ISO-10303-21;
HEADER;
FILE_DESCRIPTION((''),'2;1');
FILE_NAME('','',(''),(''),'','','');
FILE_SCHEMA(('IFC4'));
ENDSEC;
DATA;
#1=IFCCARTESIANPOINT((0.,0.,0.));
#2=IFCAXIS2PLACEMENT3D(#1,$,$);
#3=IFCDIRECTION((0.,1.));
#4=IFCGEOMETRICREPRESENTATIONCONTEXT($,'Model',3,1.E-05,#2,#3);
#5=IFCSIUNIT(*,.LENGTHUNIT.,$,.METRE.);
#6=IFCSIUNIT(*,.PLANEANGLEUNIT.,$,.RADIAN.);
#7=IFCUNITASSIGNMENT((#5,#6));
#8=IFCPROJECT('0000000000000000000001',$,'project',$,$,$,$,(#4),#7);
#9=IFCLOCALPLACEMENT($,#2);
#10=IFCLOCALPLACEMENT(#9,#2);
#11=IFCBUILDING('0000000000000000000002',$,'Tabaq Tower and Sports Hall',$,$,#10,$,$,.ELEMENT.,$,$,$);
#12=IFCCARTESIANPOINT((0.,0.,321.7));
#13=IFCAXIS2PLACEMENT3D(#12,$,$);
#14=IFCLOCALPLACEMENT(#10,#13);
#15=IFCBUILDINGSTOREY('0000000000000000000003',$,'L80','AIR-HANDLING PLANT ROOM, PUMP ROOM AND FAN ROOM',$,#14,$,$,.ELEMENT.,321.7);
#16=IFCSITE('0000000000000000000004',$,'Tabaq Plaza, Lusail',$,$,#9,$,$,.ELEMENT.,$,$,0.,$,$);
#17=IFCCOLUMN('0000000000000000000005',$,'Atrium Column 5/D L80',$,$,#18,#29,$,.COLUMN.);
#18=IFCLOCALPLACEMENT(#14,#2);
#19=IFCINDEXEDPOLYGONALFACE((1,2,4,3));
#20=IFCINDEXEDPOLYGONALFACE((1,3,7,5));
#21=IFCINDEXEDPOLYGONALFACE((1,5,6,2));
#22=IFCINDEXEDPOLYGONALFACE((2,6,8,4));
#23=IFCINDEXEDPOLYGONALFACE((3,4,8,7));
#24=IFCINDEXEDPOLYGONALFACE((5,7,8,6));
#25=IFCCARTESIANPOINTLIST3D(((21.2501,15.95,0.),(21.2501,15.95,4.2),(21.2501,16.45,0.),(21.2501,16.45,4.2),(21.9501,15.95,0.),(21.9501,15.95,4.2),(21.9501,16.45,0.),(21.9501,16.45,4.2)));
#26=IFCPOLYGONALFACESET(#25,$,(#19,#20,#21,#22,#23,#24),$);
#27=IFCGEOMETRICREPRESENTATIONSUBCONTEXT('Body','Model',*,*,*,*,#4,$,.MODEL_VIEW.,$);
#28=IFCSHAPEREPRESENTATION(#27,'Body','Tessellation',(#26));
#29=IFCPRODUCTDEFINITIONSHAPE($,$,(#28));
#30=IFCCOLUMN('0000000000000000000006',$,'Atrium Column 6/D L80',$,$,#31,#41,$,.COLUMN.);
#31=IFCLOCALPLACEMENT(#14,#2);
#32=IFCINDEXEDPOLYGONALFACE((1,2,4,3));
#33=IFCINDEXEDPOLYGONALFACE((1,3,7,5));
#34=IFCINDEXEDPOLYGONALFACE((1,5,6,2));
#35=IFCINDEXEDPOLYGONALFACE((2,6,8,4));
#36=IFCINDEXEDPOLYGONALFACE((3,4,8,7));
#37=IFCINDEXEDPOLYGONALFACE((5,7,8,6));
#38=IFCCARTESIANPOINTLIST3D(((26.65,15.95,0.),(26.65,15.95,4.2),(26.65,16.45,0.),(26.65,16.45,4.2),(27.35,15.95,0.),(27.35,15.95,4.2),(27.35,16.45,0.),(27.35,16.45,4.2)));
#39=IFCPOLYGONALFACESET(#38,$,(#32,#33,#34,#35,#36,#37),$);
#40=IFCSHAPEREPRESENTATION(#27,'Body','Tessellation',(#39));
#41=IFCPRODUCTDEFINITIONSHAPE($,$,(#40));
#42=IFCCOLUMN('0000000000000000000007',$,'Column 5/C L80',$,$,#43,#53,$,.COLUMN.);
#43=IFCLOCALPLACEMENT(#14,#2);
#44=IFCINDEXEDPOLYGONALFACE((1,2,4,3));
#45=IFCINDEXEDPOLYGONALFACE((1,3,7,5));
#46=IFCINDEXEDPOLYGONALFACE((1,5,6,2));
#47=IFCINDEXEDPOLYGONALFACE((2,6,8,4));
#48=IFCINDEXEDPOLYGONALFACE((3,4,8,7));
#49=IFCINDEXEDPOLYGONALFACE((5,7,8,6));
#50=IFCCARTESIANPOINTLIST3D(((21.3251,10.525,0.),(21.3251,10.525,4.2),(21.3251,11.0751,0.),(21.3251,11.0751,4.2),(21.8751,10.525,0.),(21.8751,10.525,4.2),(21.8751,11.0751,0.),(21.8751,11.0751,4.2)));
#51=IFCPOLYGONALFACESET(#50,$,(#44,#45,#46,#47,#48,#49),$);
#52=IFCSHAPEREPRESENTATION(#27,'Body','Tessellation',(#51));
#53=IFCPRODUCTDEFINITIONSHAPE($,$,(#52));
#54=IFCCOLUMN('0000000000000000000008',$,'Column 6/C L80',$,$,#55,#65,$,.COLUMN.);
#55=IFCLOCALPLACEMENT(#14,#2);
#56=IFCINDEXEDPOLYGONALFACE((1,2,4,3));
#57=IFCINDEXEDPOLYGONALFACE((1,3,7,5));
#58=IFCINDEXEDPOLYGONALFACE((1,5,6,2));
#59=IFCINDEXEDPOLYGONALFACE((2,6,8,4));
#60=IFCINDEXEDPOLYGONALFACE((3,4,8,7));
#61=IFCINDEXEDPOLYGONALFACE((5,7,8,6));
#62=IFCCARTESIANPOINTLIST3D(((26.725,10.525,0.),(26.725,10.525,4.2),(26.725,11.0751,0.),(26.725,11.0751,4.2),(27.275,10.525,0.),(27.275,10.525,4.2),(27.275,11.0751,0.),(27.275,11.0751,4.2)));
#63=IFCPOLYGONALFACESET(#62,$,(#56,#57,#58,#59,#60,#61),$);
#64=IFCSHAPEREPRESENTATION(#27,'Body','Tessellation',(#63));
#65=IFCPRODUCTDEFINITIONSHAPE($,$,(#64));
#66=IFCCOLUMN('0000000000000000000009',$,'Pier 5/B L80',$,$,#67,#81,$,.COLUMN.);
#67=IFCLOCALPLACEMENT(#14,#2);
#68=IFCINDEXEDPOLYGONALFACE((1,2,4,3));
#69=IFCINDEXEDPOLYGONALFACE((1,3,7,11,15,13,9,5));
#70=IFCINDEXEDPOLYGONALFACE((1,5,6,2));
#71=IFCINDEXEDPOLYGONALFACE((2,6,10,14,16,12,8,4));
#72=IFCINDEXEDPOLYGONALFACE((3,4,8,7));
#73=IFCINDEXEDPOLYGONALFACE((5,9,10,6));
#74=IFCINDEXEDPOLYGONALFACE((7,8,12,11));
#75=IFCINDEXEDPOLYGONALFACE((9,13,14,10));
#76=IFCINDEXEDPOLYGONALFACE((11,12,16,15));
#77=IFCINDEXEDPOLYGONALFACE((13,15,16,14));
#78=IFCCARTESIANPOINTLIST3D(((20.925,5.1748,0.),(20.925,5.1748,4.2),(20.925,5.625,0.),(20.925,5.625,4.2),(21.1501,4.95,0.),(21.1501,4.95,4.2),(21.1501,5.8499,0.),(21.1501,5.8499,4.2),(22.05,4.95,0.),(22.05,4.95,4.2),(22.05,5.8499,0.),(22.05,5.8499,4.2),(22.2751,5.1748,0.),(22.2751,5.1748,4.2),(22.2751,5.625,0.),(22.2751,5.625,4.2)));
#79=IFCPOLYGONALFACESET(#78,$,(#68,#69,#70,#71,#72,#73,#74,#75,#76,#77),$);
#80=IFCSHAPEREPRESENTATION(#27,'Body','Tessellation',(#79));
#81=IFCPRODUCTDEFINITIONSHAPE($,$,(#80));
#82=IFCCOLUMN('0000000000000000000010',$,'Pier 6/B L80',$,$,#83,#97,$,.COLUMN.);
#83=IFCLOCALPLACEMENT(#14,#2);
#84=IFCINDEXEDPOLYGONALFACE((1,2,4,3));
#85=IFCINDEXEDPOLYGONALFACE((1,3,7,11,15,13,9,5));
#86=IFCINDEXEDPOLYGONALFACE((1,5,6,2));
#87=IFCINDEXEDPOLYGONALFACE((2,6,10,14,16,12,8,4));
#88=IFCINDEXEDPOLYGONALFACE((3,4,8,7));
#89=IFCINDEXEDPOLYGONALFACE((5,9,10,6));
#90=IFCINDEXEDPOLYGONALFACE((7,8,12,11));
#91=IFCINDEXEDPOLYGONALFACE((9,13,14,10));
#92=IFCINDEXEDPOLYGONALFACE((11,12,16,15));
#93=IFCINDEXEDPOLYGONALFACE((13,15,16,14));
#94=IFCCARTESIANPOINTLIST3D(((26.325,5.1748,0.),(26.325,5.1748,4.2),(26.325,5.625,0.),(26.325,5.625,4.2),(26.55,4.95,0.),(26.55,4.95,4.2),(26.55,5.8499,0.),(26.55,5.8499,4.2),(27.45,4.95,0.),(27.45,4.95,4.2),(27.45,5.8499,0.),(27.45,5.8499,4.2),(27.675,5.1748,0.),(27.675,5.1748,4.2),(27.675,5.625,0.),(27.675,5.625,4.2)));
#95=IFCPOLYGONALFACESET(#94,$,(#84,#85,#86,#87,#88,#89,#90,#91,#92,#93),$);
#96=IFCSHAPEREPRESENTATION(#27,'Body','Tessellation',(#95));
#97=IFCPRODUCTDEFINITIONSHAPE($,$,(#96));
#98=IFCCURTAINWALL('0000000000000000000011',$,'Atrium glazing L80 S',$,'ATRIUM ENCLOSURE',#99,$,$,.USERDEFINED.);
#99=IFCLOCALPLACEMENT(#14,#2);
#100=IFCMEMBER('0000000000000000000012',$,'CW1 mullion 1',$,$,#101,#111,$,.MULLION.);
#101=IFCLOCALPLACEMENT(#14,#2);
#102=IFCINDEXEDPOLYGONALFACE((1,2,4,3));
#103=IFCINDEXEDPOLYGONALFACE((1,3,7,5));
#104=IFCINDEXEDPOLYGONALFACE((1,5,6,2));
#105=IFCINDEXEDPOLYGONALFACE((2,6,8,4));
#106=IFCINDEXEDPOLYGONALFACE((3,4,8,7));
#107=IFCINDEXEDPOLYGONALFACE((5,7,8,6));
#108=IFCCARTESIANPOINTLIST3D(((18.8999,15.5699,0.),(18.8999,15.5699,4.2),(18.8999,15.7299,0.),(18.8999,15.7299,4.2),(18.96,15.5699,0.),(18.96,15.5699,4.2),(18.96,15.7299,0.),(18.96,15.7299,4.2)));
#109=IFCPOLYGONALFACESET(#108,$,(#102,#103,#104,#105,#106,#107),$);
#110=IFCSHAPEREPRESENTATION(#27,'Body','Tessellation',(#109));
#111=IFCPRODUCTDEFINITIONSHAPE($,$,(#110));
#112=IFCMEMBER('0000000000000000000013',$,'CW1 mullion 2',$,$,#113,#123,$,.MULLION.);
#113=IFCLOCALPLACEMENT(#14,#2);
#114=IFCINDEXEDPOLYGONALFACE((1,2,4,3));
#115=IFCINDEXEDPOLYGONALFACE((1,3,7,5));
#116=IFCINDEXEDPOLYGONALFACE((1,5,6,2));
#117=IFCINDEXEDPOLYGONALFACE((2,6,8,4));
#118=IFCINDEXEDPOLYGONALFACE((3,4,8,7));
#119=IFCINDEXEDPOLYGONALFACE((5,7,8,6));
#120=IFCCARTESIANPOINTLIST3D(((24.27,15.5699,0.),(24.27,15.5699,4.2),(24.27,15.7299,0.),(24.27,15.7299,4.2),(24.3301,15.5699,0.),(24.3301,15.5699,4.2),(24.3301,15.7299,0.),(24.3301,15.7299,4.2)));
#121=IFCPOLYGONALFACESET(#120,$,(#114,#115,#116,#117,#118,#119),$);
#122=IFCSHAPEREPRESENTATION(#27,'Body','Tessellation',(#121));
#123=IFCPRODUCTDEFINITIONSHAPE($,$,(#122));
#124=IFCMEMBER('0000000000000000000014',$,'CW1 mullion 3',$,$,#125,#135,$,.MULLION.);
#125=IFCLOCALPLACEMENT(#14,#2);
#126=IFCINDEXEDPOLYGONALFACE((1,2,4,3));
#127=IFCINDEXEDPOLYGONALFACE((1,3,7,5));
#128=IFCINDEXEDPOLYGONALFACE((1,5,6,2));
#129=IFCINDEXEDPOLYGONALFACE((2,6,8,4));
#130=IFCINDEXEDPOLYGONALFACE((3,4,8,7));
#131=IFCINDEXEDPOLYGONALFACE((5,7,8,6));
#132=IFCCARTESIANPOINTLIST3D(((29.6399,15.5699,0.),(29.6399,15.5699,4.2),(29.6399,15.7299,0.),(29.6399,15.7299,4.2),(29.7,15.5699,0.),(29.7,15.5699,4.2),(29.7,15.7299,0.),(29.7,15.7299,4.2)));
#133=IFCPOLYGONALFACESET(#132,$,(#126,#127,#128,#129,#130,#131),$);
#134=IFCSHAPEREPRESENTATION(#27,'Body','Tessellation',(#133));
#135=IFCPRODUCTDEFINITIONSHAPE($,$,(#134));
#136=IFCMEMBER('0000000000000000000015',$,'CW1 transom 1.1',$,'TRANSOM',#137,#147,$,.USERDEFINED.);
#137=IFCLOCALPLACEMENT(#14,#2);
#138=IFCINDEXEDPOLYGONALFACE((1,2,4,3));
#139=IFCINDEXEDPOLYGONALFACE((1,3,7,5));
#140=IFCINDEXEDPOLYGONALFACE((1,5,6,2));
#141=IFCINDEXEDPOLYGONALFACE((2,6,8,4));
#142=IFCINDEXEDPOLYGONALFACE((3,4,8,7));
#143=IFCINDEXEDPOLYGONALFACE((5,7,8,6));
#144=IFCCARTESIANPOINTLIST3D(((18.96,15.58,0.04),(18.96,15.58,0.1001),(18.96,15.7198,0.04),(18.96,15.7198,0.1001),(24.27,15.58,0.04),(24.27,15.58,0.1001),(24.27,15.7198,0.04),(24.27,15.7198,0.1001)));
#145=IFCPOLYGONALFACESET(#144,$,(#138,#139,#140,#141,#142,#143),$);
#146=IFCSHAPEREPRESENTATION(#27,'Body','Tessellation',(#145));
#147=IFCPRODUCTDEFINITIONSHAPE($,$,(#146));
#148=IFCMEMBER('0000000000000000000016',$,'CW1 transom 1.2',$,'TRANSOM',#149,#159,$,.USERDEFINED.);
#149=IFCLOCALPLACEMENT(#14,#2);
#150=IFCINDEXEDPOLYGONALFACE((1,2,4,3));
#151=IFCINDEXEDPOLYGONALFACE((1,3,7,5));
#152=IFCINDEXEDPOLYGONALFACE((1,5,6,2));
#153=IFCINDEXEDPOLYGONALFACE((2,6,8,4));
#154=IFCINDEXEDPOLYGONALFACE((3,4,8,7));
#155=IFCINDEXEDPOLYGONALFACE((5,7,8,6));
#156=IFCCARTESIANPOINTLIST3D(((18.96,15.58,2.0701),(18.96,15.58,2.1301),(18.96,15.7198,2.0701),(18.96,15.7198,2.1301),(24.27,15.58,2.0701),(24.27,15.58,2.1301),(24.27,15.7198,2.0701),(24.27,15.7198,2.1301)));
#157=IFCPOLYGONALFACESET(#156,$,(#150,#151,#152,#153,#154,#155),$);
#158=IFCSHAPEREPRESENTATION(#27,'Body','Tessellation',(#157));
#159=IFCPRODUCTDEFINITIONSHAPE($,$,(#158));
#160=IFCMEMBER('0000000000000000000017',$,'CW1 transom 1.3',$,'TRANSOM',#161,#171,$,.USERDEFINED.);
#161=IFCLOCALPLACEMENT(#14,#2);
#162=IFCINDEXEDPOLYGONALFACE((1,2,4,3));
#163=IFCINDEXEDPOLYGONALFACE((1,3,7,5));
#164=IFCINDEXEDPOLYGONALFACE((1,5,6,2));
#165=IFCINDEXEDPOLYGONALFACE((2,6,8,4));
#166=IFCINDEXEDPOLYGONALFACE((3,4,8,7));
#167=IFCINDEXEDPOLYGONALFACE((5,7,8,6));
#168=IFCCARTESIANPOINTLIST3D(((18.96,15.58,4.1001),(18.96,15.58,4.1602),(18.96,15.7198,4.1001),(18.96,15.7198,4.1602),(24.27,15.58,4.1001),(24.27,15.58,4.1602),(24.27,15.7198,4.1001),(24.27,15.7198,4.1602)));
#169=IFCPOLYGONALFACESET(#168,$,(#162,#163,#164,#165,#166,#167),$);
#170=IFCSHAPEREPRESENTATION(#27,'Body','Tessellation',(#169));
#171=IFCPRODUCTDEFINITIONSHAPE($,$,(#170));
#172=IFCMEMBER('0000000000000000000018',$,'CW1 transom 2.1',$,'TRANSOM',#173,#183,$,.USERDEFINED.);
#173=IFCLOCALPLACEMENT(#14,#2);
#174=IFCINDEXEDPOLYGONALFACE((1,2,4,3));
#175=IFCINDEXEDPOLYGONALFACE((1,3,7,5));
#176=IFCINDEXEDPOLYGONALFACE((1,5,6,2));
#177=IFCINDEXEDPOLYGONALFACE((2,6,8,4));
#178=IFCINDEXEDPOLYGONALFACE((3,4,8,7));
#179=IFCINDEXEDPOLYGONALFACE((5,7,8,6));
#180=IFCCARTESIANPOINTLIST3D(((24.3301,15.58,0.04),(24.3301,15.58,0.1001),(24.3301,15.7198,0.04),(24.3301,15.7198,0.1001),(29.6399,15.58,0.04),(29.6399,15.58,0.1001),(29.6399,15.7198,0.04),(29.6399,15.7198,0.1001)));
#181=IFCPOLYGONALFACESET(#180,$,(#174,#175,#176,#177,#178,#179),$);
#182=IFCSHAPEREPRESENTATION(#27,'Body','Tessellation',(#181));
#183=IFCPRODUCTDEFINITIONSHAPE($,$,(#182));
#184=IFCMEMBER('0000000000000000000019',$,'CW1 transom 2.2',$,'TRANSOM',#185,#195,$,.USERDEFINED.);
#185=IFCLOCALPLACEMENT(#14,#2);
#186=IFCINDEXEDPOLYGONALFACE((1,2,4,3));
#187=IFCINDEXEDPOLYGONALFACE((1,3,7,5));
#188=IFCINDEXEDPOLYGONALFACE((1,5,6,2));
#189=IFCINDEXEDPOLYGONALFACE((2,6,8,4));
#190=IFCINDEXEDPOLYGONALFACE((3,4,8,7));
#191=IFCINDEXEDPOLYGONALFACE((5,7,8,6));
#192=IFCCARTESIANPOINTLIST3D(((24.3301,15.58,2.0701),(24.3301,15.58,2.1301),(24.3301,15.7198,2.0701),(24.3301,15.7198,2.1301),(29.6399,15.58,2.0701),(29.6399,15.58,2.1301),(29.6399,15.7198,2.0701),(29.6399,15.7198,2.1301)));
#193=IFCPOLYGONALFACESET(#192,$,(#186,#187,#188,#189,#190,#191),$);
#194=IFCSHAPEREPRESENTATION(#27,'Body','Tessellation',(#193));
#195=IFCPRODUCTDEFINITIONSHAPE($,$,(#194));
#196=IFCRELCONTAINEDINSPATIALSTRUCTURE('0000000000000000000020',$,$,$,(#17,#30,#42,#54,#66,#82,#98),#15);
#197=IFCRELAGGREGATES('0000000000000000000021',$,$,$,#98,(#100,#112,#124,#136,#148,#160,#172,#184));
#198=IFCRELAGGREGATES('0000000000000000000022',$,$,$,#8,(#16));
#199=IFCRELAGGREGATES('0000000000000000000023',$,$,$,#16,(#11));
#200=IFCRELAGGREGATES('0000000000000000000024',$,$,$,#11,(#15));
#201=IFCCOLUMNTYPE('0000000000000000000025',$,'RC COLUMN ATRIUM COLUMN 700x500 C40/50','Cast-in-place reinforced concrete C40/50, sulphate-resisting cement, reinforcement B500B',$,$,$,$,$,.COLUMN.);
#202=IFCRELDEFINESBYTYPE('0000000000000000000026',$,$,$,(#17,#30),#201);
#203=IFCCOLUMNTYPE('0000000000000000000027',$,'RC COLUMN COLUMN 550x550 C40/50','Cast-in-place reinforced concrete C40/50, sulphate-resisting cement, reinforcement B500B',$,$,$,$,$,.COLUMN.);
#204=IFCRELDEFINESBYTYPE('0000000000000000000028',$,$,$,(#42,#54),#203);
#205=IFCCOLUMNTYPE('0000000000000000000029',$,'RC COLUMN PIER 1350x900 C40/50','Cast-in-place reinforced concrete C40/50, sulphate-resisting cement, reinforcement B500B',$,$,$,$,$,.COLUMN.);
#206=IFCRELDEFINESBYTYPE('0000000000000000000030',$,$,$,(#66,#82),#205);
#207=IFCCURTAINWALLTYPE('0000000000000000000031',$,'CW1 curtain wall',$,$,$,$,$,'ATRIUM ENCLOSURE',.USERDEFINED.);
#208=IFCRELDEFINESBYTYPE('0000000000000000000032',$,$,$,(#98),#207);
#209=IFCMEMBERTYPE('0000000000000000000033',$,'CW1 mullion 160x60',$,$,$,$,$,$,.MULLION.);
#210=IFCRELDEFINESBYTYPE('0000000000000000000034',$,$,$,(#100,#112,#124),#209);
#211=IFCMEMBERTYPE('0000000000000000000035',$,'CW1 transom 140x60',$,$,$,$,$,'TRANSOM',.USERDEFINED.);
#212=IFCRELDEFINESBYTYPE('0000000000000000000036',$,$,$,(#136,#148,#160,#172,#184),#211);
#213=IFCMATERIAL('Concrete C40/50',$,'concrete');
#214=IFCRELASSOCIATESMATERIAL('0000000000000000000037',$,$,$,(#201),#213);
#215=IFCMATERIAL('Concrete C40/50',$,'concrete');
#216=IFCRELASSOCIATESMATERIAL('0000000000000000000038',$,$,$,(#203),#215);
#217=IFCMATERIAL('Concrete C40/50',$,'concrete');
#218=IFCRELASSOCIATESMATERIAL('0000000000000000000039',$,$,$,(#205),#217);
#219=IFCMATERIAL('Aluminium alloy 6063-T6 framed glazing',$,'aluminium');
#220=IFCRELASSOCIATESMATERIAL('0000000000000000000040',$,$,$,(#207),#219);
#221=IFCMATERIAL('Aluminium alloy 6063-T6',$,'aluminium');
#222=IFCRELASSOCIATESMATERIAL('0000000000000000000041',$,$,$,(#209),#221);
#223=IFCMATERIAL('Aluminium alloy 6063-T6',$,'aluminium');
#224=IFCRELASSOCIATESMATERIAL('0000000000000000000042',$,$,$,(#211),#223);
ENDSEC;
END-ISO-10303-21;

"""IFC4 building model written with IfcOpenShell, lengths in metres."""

from ifc_helpers import new_model, si_unit, direction, frame, origin, origin_2d, place, context, subcontext, project, spatial, polyline, rectangle, outline, extrude, material, material_profile, profile_set, type_object, element, aggregate, save


model = new_model("IFC4")

# Units and contexts
model_context = context("Model", 3, precision=1e-05, world=origin(), true_north=direction((0.0, 1.0)))
body_context = subcontext(model_context, "Body", "Model", "MODEL_VIEW")
ifc_project = project(units=[si_unit("LENGTHUNIT", "METRE"), si_unit("PLANEANGLEUNIT", "RADIAN")], contexts=[model_context])

# Site, building, storey
site_placement = place(None, origin())
site = spatial("IfcSite", under=ifc_project, at=site_placement, Name="Tabaq Plaza, Lusail", CompositionType="ELEMENT", RefElevation=0.0)
building_placement = place(site_placement, origin())
building = spatial("IfcBuilding", under=site, at=building_placement, Name="Tabaq Tower and Sports Hall", CompositionType="ELEMENT")
storey_placement = place(building_placement, frame((0.0, 0.0, 321.7)))
storey = spatial("IfcBuildingStorey", under=building, at=storey_placement, Name="L80", Description="AIR-HANDLING PLANT ROOM, PUMP ROOM AND FAN ROOM", CompositionType="ELEMENT", Elevation=321.7)

# Columns
ifc_material_1 = material(Name="Concrete C40/50", Category="concrete")
ifc_material_profile_1 = material_profile(ifc_material_1, rectangle(XDim=0.7, YDim=0.5, at=origin_2d()), Name="ATRIUM COLUMN 700x500")
ifc_profile_set_1 = profile_set([ifc_material_profile_1], Name="Concrete C40/50")
column_type_1 = type_object("IfcColumnType", Name="RC COLUMN ATRIUM COLUMN 700x500 C40/50", Description="Cast-in-place reinforced concrete C40/50, sulphate-resisting cement, reinforcement B500B", PredefinedType="COLUMN", material=ifc_profile_set_1)
for number, where, z_axis, x_axis, name in (
    (1, (21.6001, 16.2, 0.0), (0.0, 0.0, 1.0), (1.0, 0.0, 0.0), "Atrium Column 5/D L80"),
    (2, (27.0, 16.2, 0.0), (0.0, 0.0, 1.0), (1.0, 0.0, 0.0), "Atrium Column 6/D L80"),
):
    element("IfcColumn", number, at=place(storey_placement, frame(where, z_axis=z_axis, x_axis=x_axis)), inside=storey, type_object=column_type_1, Name=name, PredefinedType="COLUMN", context=body_context, shape_type="SweptSolid", body=[
        extrude(rectangle(XDim=0.7, YDim=0.5, at=origin_2d()), origin(), (0.0, 0.0, 1.0), 4.2),
    ])
ifc_material_2 = material(Name="Concrete C40/50", Category="concrete")
ifc_material_profile_2 = material_profile(ifc_material_2, rectangle(XDim=0.55, YDim=0.55, at=origin_2d()), Name="COLUMN 550x550")
ifc_profile_set_2 = profile_set([ifc_material_profile_2], Name="Concrete C40/50")
column_type_2 = type_object("IfcColumnType", Name="RC COLUMN COLUMN 550x550 C40/50", Description="Cast-in-place reinforced concrete C40/50, sulphate-resisting cement, reinforcement B500B", PredefinedType="COLUMN", material=ifc_profile_set_2)
for number, where, z_axis, x_axis, name in (
    (3, (21.6001, 10.8, 0.0), (0.0, 0.0, 1.0), (1.0, 0.0, 0.0), "Column 5/C L80"),
    (4, (27.0, 10.8, 0.0), (0.0, 0.0, 1.0), (1.0, 0.0, 0.0), "Column 6/C L80"),
):
    element("IfcColumn", number, at=place(storey_placement, frame(where, z_axis=z_axis, x_axis=x_axis)), inside=storey, type_object=column_type_2, Name=name, PredefinedType="COLUMN", context=body_context, shape_type="SweptSolid", body=[
        extrude(rectangle(XDim=0.55, YDim=0.55, at=origin_2d()), origin(), (0.0, 0.0, 1.0), 4.2),
    ])
ifc_material_3 = material(Name="Concrete C40/50", Category="concrete")
ifc_material_profile_3 = material_profile(ifc_material_3, outline(polyline([(-0.45, -0.45), (0.45, -0.45), (0.675, -0.2251), (0.675, 0.2251), (0.45, 0.45), (-0.45, 0.45), (-0.675, 0.2251), (-0.675, -0.2251), (-0.45, -0.45)])), Name="PIER 1350x900")
ifc_profile_set_3 = profile_set([ifc_material_profile_3], Name="Concrete C40/50")
column_type_3 = type_object("IfcColumnType", Name="RC COLUMN PIER 1350x900 C40/50", Description="Cast-in-place reinforced concrete C40/50, sulphate-resisting cement, reinforcement B500B", PredefinedType="COLUMN", material=ifc_profile_set_3)
for number, where, z_axis, x_axis, name in (
    (5, (21.6001, 5.3999, 0.0), (0.0, 0.0, 1.0), (1.0, 0.0, 0.0), "Pier 5/B L80"),
    (6, (27.0, 5.3999, 0.0), (0.0, 0.0, 1.0), (1.0, 0.0, 0.0), "Pier 6/B L80"),
):
    element("IfcColumn", number, at=place(storey_placement, frame(where, z_axis=z_axis, x_axis=x_axis)), inside=storey, type_object=column_type_3, Name=name, PredefinedType="COLUMN", context=body_context, shape_type="SweptSolid", body=[
        extrude(outline(polyline([(-0.45, -0.45), (0.45, -0.45), (0.675, -0.2251), (0.675, 0.2251), (0.45, 0.45), (-0.45, 0.45), (-0.675, 0.2251), (-0.675, -0.2251), (-0.45, -0.45)])), origin(), (0.0, 0.0, 1.0), 4.2),
    ])

# Curtain wall, members
ifc_material_4 = material(Name="Aluminium alloy 6063-T6 framed glazing", Category="aluminium")
curtain_wall_type = type_object("IfcCurtainWallType", Name="CW1 curtain wall", ElementType="ATRIUM ENCLOSURE", PredefinedType="USERDEFINED", material=ifc_material_4)
curtain_wall_placement = place(storey_placement, origin())
curtain_wall = element("IfcCurtainWall", 7, at=curtain_wall_placement, inside=storey, type_object=curtain_wall_type, Name="Atrium glazing L80 S", ObjectType="ATRIUM ENCLOSURE", PredefinedType="USERDEFINED")
ifc_material_5 = material(Name="Aluminium alloy 6063-T6", Category="aluminium")
ifc_material_profile_4 = material_profile(ifc_material_5, rectangle(XDim=0.1599, YDim=0.0601, at=origin_2d()), Name="MULLION 160x60")
ifc_profile_set_4 = profile_set([ifc_material_profile_4], Name="Aluminium alloy 6063-T6")
member_type_1 = type_object("IfcMemberType", Name="CW1 mullion 160x60", PredefinedType="MULLION", material=ifc_profile_set_4)
member_1_placement = place(storey_placement, frame((18.9299, 15.6499, 0.0), z_axis=(0.0, 0.0, 1.0), x_axis=(0.0, 1.0, 0.0)))
member_1 = element("IfcMember", 8, at=member_1_placement, type_object=member_type_1, Name="CW1 mullion 1", PredefinedType="MULLION", context=body_context, shape_type="SweptSolid", body=[
    extrude(rectangle(XDim=0.1599, YDim=0.0601, at=origin_2d()), origin(), (0.0, 0.0, 1.0), 4.2),
])
member_2_placement = place(storey_placement, frame((24.3, 15.6499, 0.0), z_axis=(0.0, 0.0, 1.0), x_axis=(0.0, 1.0, 0.0)))
member_2 = element("IfcMember", 9, at=member_2_placement, type_object=member_type_1, Name="CW1 mullion 2", PredefinedType="MULLION", context=body_context, shape_type="SweptSolid", body=[
    extrude(rectangle(XDim=0.1599, YDim=0.0601, at=origin_2d()), origin(), (0.0, 0.0, 1.0), 4.2),
])
member_3_placement = place(storey_placement, frame((29.6699, 15.6499, 0.0), z_axis=(0.0, 0.0, 1.0), x_axis=(0.0, 1.0, 0.0)))
member_3 = element("IfcMember", 10, at=member_3_placement, type_object=member_type_1, Name="CW1 mullion 3", PredefinedType="MULLION", context=body_context, shape_type="SweptSolid", body=[
    extrude(rectangle(XDim=0.1599, YDim=0.0601, at=origin_2d()), origin(), (0.0, 0.0, 1.0), 4.2),
])
ifc_material_6 = material(Name="Aluminium alloy 6063-T6", Category="aluminium")
ifc_material_profile_5 = material_profile(ifc_material_6, rectangle(XDim=0.1399, YDim=0.0601, at=origin_2d()), Name="TRANSOM 140x60")
ifc_profile_set_5 = profile_set([ifc_material_profile_5], Name="Aluminium alloy 6063-T6")
member_type_2 = type_object("IfcMemberType", Name="CW1 transom 140x60", ElementType="TRANSOM", PredefinedType="USERDEFINED", material=ifc_profile_set_5)
member_4_placement = place(storey_placement, frame((18.96, 15.6499, 0.0701), z_axis=(1.0, 0.0, 0.0), x_axis=(0.0, 1.0, 0.0)))
member_4 = element("IfcMember", 11, at=member_4_placement, type_object=member_type_2, Name="CW1 transom 1.1", ObjectType="TRANSOM", PredefinedType="USERDEFINED", context=body_context, shape_type="SweptSolid", body=[
    extrude(rectangle(XDim=0.1399, YDim=0.0601, at=origin_2d()), origin(), (0.0, 0.0, 1.0), 5.3101),
])
member_5_placement = place(storey_placement, frame((18.96, 15.6499, 2.1001), z_axis=(1.0, 0.0, 0.0), x_axis=(0.0, 1.0, 0.0)))
member_5 = element("IfcMember", 12, at=member_5_placement, type_object=member_type_2, Name="CW1 transom 1.2", ObjectType="TRANSOM", PredefinedType="USERDEFINED", context=body_context, shape_type="SweptSolid", body=[
    extrude(rectangle(XDim=0.1399, YDim=0.0601, at=origin_2d()), origin(), (0.0, 0.0, 1.0), 5.3101),
])
member_6_placement = place(storey_placement, frame((18.96, 15.6499, 4.1301), z_axis=(1.0, 0.0, 0.0), x_axis=(0.0, 1.0, 0.0)))
member_6 = element("IfcMember", 13, at=member_6_placement, type_object=member_type_2, Name="CW1 transom 1.3", ObjectType="TRANSOM", PredefinedType="USERDEFINED", context=body_context, shape_type="SweptSolid", body=[
    extrude(rectangle(XDim=0.1399, YDim=0.0601, at=origin_2d()), origin(), (0.0, 0.0, 1.0), 5.3101),
])
member_7_placement = place(storey_placement, frame((24.3301, 15.6499, 0.0701), z_axis=(1.0, 0.0, 0.0), x_axis=(0.0, 1.0, 0.0)))
member_7 = element("IfcMember", 14, at=member_7_placement, type_object=member_type_2, Name="CW1 transom 2.1", ObjectType="TRANSOM", PredefinedType="USERDEFINED", context=body_context, shape_type="SweptSolid", body=[
    extrude(rectangle(XDim=0.1399, YDim=0.0601, at=origin_2d()), origin(), (0.0, 0.0, 1.0), 5.3098),
])
member_8_placement = place(storey_placement, frame((24.3301, 15.6499, 2.1001), z_axis=(1.0, 0.0, 0.0), x_axis=(0.0, 1.0, 0.0)))
member_8 = element("IfcMember", 15, at=member_8_placement, type_object=member_type_2, Name="CW1 transom 2.2", ObjectType="TRANSOM", PredefinedType="USERDEFINED", context=body_context, shape_type="SweptSolid", body=[
    extrude(rectangle(XDim=0.1399, YDim=0.0601, at=origin_2d()), origin(), (0.0, 0.0, 1.0), 5.3098),
])
aggregate(curtain_wall, [member_1, member_2, member_3, member_4, member_5, member_6, member_7, member_8])

save(model, "model.ifc")
